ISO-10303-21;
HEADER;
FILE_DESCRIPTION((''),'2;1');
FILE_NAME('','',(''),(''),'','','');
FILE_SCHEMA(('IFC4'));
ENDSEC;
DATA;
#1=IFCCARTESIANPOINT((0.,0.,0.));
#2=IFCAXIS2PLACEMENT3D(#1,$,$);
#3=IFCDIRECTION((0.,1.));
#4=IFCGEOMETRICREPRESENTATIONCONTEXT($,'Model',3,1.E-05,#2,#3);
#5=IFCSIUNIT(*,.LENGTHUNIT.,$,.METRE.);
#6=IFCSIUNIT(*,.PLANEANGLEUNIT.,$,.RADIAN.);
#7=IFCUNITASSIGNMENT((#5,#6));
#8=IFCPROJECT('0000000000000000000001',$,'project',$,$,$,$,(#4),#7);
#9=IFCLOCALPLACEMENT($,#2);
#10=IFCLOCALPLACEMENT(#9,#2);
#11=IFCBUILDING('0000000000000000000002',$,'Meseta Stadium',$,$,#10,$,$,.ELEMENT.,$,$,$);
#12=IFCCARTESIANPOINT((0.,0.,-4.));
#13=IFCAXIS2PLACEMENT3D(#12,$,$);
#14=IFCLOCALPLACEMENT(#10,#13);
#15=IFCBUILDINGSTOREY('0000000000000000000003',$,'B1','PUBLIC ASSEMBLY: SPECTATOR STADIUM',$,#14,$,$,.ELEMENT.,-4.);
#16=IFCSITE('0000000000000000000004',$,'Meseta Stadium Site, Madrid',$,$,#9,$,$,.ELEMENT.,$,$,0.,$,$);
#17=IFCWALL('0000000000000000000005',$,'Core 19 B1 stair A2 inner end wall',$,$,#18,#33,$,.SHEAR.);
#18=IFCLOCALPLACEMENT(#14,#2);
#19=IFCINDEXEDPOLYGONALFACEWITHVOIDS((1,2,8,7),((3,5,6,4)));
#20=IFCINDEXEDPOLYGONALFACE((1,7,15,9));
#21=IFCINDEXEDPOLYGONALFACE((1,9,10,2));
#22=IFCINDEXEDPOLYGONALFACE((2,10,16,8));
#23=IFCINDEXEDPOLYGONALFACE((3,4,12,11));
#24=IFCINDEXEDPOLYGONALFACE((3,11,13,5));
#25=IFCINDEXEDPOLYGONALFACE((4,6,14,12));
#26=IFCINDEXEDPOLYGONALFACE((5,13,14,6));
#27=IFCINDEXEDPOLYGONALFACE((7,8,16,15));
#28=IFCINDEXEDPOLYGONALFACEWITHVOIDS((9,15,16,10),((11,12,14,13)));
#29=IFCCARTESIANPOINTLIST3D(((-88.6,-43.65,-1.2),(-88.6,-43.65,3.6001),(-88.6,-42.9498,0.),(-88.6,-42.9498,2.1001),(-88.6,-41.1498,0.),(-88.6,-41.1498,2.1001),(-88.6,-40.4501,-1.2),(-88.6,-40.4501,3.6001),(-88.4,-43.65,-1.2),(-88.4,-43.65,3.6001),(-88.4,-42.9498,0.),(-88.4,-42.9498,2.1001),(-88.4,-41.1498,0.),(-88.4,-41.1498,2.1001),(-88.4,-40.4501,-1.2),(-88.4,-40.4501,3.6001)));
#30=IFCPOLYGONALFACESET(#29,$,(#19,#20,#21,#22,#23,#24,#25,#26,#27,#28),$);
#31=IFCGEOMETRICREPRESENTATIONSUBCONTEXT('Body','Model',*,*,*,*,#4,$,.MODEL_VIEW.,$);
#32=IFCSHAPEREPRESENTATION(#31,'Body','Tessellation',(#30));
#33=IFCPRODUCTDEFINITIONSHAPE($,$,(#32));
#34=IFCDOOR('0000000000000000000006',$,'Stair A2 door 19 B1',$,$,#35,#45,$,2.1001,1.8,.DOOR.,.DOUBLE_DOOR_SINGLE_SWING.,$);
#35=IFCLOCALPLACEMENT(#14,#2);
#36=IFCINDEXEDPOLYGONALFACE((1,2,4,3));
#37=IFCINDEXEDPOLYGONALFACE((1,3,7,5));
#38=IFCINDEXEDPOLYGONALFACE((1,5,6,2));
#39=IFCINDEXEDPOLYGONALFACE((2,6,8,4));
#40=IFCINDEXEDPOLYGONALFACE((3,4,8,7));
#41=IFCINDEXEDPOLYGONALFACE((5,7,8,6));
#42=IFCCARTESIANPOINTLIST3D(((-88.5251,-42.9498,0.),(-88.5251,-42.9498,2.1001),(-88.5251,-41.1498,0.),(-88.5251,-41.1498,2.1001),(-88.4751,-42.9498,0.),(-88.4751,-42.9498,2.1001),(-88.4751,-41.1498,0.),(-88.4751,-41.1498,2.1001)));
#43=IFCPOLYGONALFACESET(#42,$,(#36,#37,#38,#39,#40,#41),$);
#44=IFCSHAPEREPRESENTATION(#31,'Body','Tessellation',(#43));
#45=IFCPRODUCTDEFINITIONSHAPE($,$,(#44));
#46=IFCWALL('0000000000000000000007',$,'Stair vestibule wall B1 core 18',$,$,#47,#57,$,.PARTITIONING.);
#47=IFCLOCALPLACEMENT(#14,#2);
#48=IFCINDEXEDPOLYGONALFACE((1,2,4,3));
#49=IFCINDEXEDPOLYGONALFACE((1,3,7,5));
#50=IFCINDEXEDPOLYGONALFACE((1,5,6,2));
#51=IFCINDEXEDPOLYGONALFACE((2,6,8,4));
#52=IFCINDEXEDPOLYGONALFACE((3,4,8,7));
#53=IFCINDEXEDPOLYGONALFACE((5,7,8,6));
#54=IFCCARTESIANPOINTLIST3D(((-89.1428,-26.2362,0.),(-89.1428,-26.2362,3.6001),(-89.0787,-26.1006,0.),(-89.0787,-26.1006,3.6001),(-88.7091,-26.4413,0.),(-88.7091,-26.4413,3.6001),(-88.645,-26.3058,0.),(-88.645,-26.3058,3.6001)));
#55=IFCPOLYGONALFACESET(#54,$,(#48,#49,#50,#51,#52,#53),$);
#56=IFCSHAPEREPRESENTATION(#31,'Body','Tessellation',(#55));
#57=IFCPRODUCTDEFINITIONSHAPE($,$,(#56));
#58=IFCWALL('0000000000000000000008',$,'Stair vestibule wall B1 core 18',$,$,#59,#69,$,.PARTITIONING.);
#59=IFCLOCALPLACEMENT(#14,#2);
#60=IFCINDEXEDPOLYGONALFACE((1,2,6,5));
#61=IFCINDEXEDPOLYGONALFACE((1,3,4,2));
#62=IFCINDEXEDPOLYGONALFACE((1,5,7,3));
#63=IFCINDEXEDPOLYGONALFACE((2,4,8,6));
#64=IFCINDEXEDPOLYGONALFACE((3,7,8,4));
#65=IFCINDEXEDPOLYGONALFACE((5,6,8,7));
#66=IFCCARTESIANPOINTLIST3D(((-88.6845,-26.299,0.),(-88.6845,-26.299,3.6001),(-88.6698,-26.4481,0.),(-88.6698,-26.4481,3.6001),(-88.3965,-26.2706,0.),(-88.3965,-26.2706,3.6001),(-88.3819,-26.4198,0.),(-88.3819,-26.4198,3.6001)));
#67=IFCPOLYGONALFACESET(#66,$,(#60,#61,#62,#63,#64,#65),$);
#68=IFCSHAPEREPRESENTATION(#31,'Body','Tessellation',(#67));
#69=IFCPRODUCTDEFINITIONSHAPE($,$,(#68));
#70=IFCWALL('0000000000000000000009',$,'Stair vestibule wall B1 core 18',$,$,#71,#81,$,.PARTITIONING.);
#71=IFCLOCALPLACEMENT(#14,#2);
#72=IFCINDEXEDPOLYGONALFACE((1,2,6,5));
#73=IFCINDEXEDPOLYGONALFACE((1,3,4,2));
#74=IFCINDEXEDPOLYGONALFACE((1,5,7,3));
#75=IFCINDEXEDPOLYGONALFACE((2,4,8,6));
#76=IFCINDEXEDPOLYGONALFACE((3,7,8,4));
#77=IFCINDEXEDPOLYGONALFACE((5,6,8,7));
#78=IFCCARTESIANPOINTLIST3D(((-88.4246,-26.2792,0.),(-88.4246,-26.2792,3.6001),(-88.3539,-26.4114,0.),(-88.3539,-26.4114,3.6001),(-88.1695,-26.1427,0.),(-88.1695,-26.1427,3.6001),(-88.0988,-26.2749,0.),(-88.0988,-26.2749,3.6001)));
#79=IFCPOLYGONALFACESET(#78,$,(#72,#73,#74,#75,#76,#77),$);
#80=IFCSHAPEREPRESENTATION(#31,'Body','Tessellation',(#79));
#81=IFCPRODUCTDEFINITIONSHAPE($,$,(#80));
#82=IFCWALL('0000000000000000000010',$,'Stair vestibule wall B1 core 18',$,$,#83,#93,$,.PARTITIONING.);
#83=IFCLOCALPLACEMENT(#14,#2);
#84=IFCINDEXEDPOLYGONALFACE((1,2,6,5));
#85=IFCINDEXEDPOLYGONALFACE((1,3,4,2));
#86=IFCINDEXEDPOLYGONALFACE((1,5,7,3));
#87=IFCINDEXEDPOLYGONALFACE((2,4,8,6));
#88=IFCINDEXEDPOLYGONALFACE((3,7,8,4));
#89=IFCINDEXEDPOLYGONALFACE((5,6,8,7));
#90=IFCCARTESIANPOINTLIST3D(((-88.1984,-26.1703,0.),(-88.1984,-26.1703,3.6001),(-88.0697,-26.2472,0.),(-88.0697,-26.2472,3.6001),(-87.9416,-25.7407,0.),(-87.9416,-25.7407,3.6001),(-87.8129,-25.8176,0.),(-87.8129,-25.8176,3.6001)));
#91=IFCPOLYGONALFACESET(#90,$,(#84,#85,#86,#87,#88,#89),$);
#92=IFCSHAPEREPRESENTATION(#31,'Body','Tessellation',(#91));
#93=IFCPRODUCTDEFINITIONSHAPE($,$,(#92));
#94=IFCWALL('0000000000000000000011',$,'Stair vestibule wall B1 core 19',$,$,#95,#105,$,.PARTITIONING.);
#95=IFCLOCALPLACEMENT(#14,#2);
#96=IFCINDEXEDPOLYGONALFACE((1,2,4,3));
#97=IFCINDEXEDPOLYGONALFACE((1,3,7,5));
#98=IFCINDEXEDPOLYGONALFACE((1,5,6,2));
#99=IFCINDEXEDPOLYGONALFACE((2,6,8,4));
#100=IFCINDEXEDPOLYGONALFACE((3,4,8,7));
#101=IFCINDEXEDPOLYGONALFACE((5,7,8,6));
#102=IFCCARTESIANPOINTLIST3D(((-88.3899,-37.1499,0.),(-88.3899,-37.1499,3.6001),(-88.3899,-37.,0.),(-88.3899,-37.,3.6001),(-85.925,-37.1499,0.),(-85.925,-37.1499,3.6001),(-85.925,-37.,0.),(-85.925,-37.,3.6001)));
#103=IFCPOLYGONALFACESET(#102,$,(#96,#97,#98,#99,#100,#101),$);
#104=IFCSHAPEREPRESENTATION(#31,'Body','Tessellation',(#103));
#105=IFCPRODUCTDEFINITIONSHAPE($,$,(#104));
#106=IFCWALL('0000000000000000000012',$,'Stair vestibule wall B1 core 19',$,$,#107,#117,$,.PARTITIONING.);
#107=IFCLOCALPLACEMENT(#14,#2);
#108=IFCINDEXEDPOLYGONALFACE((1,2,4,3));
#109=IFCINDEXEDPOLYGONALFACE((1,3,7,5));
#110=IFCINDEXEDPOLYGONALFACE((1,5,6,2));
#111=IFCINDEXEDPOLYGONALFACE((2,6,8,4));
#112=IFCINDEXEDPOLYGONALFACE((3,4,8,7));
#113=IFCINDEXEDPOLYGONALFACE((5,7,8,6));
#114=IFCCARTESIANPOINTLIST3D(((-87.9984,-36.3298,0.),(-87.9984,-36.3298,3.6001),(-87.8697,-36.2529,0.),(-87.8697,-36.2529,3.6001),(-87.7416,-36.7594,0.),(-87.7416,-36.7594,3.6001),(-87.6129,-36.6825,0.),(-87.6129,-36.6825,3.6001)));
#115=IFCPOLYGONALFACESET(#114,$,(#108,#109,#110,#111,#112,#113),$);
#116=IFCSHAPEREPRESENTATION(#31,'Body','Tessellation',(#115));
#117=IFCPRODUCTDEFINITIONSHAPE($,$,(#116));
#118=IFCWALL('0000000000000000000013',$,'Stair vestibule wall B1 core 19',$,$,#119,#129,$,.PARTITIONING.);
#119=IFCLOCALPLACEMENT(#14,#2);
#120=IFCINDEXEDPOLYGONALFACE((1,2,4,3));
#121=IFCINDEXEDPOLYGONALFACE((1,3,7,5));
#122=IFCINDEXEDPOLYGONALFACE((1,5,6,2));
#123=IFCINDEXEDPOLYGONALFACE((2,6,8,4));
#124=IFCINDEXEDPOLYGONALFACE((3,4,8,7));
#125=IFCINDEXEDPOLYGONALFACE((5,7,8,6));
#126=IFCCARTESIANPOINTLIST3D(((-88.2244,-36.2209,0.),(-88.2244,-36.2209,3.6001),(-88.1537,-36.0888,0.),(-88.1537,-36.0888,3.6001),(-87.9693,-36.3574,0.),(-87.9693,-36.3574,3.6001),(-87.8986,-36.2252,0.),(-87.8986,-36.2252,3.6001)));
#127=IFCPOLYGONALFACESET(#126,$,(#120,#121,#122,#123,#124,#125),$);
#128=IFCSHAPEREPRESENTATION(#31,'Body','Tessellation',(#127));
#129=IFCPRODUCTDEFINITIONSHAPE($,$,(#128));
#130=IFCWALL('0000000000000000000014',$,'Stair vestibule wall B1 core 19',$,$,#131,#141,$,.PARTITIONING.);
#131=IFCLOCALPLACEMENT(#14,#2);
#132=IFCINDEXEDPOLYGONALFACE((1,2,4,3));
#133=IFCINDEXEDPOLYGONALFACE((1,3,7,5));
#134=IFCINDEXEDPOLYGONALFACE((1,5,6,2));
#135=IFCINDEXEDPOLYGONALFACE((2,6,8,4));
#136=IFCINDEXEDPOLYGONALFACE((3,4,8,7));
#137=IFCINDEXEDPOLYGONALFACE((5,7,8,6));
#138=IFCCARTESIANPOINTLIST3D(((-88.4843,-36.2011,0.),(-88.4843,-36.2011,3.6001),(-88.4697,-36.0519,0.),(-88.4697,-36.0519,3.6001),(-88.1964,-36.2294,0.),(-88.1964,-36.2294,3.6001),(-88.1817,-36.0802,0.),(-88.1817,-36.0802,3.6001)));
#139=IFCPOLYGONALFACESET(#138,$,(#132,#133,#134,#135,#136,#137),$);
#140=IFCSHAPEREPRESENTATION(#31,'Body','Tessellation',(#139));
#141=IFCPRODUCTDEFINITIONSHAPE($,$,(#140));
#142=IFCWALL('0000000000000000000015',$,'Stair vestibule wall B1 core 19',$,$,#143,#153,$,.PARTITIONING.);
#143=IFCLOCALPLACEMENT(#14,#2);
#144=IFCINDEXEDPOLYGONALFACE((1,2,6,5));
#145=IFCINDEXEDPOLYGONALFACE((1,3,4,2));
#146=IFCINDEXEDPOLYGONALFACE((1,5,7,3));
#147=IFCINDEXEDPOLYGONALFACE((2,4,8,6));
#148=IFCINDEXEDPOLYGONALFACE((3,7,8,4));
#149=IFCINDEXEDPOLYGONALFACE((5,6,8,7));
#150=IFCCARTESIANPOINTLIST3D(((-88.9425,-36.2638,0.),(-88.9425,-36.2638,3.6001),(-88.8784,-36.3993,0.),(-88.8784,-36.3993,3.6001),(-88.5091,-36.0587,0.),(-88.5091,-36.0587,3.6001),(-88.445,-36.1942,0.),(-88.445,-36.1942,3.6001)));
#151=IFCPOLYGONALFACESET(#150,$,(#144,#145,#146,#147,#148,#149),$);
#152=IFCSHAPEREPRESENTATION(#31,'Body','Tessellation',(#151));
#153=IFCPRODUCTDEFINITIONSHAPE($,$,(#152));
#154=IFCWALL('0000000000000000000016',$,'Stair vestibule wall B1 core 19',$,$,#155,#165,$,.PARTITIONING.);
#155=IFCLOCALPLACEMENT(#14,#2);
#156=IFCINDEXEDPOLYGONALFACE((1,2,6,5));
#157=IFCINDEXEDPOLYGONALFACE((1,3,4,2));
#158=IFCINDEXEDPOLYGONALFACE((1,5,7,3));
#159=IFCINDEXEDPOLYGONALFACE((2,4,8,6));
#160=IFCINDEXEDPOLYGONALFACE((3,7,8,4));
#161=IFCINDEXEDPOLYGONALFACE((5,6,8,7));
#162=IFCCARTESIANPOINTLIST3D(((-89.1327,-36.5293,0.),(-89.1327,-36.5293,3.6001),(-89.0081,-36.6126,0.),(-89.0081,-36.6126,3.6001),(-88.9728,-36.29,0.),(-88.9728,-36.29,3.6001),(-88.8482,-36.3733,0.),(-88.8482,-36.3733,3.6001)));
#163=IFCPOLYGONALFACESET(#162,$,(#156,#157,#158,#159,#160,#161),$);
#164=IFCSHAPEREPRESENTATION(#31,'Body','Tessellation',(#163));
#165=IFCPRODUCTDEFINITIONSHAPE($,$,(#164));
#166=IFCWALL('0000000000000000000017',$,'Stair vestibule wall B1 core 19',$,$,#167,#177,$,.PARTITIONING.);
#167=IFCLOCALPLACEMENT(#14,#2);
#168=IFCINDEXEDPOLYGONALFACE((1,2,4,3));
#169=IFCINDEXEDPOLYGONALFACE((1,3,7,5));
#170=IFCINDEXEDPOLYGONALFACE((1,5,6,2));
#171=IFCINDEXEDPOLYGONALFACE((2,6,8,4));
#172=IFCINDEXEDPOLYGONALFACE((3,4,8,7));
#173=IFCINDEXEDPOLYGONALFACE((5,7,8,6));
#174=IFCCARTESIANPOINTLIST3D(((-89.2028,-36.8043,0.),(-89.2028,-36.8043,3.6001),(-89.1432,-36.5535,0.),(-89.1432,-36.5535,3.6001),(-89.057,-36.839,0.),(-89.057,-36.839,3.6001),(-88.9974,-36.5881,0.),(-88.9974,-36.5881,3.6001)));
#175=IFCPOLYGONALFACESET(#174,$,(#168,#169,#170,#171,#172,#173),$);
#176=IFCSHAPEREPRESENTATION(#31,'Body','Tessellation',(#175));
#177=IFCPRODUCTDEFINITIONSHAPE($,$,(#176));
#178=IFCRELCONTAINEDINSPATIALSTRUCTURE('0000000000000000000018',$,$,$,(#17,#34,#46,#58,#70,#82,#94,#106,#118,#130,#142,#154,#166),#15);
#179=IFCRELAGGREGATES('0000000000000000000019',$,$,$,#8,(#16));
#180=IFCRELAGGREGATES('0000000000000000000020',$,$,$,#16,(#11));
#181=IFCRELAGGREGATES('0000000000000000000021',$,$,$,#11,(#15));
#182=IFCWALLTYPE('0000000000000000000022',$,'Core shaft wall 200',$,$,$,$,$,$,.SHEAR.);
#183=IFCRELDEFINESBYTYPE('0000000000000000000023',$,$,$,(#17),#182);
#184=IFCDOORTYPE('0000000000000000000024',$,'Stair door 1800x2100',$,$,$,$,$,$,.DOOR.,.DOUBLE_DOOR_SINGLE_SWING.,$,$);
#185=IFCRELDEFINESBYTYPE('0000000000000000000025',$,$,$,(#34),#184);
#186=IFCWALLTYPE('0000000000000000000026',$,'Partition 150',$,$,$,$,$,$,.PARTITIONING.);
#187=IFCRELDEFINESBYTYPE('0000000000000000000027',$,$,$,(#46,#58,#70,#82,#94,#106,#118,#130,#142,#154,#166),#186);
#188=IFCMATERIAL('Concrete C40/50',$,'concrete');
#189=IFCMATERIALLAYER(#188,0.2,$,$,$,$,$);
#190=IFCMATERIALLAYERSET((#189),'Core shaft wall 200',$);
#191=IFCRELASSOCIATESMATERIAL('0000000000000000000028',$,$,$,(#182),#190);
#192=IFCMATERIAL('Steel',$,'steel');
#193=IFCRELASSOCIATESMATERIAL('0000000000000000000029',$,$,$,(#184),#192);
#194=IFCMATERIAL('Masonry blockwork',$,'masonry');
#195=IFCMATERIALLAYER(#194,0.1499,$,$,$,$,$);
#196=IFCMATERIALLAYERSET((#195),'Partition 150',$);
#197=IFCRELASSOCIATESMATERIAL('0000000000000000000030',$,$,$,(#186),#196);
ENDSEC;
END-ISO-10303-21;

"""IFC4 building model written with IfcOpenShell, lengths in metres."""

from ifc_helpers import new_model, si_unit, direction, frame, frame_2d, origin, place, context, subcontext, project, spatial, rectangle, extrude, material, layer, layer_set, type_object, element, fill, save


model = new_model("IFC4")

# Units and contexts
model_context = context("Model", 3, precision=1e-05, world=origin(), true_north=direction((0.0, 1.0)))
body_context = subcontext(model_context, "Body", "Model", "MODEL_VIEW")
ifc_project = project(units=[si_unit("LENGTHUNIT", "METRE"), si_unit("PLANEANGLEUNIT", "RADIAN")], contexts=[model_context])

# Site, building, storey
site_placement = place(None, origin())
site = spatial("IfcSite", under=ifc_project, at=site_placement, Name="Meseta Stadium Site, Madrid", CompositionType="ELEMENT", RefElevation=0.0)
building_placement = place(site_placement, origin())
building = spatial("IfcBuilding", under=site, at=building_placement, Name="Meseta Stadium", CompositionType="ELEMENT")
storey_placement = place(building_placement, frame((0.0, 0.0, -4.0)))
storey = spatial("IfcBuildingStorey", under=building, at=storey_placement, Name="B1", Description="PUBLIC ASSEMBLY: SPECTATOR STADIUM", CompositionType="ELEMENT", Elevation=-4.0)

# Wall, opening, door
ifc_material_1 = material(Name="Concrete C40/50", Category="concrete")
ifc_layer_1 = layer(ifc_material_1, 0.2)
ifc_layer_set_1 = layer_set([ifc_layer_1], Name="Core shaft wall 200")
wall_type_1 = type_object("IfcWallType", Name="Core shaft wall 200", PredefinedType="SHEAR", material=ifc_layer_set_1)
ifc_material_2 = material(Name="Steel", Category="steel")
door_type = type_object("IfcDoorType", Name="Stair door 1800x2100", OperationType="DOUBLE_DOOR_SINGLE_SWING", PredefinedType="DOOR", material=ifc_material_2)
wall_1_placement = place(storey_placement, frame((-88.5, -40.45, -1.2), z_axis=(0.0, 0.0, 1.0), x_axis=(0.0, -1.0, 0.0)))
wall_1 = element("IfcWall", 1, at=wall_1_placement, inside=storey, type_object=wall_type_1, Name="Core 19 B1 stair A2 inner end wall", PredefinedType="SHEAR", context=body_context, shape_type="SweptSolid", body=[
    extrude(rectangle(XDim=3.2, YDim=0.2, at=frame_2d((1.6001, 0.0))), origin(), (0.0, 0.0, 1.0), 4.8),
])
opening_1_placement = place(wall_1_placement, frame((0.7, 0.0, 1.2)))
opening_1 = element("IfcOpeningElement", 2, at=opening_1_placement, cuts=wall_1, PredefinedType="OPENING", context=body_context, shape_type="SweptSolid", body=[
    extrude(rectangle(XDim=1.8, YDim=2.1001, at=frame_2d((0.8999, 1.05))), frame((0.0, 0.1099, 0.0), z_axis=(0.0, -1.0, 0.0), x_axis=(1.0, 0.0, 0.0)), (0.0, 0.0, 1.0), 0.22),
])
door_1_placement = place(opening_1_placement, origin())
door_1 = element("IfcDoor", 3, at=door_1_placement, inside=storey, type_object=door_type, Name="Stair A2 door 19 B1", OperationType="DOUBLE_DOOR_SINGLE_SWING", OverallHeight=2.1001, OverallWidth=1.8, PredefinedType="DOOR", context=body_context, shape_type="SweptSolid", body=[
    extrude(rectangle(XDim=1.8, YDim=2.1001, at=frame_2d((0.8999, 1.05))), frame((0.0, 0.0249, 0.0), z_axis=(0.0, -1.0, 0.0), x_axis=(1.0, 0.0, 0.0)), (0.0, 0.0, 1.0), 0.05),
])
fill(opening_1, door_1)

# Walls
ifc_material_3 = material(Name="Masonry blockwork", Category="masonry")
ifc_layer_2 = layer(ifc_material_3, 0.1499)
ifc_layer_set_2 = layer_set([ifc_layer_2], Name="Partition 150")
wall_type_2 = type_object("IfcWallType", Name="Partition 150", PredefinedType="PARTITIONING", material=ifc_layer_set_2)
wall_2_placement = place(storey_placement, frame((-89.1106, -26.1685, 0.0), z_axis=(0.0, 0.0, 1.0), x_axis=(0.903986, -0.427561, 0.0)))
element("IfcWall", 4, at=wall_2_placement, inside=storey, type_object=wall_type_2, Name="Stair vestibule wall B1 core 18", PredefinedType="PARTITIONING", context=body_context, shape_type="SweptSolid", body=[
    extrude(rectangle(XDim=0.4797, YDim=0.1499, at=frame_2d((0.2397, 0.0))), origin(), (0.0, 0.0, 1.0), 3.6001),
])
for number, where, z_axis, x_axis, name in (
    (5, (-88.677, -26.3735, 0.0), (0.0, 0.0, 1.0), (0.995195, 0.097916, 0.0), "Stair vestibule wall B1 core 18"),
    (6, (-88.3892, -26.3452, 0.0), (0.0, 0.0, 1.0), (0.881768, 0.471683, 0.0), "Stair vestibule wall B1 core 18"),
):
    element("IfcWall", number, at=place(storey_placement, frame(where, z_axis=z_axis, x_axis=x_axis)), inside=storey, type_object=wall_type_2, Name=name, PredefinedType="PARTITIONING", context=body_context, shape_type="SweptSolid", body=[
        extrude(rectangle(XDim=0.2893, YDim=0.1499, at=frame_2d((0.1445, 0.0))), origin(), (0.0, 0.0, 1.0), 3.6001),
    ])
wall_3_placement = place(storey_placement, frame((-88.134, -26.2087, 0.0), z_axis=(0.0, 0.0, 1.0), x_axis=(0.513061, 0.858352, 0.0)))
element("IfcWall", 7, at=wall_3_placement, inside=storey, type_object=wall_type_2, Name="Stair vestibule wall B1 core 18", PredefinedType="PARTITIONING", context=body_context, shape_type="SweptSolid", body=[
    extrude(rectangle(XDim=0.5005, YDim=0.1499, at=frame_2d((0.2502, 0.0))), origin(), (0.0, 0.0, 1.0), 3.6001),
])
wall_4_placement = place(storey_placement, frame((-85.925, -37.075, 0.0), z_axis=(0.0, 0.0, 1.0), x_axis=(-1.0, 0.0, 0.0)))
element("IfcWall", 8, at=wall_4_placement, inside=storey, type_object=wall_type_2, Name="Stair vestibule wall B1 core 19", PredefinedType="PARTITIONING", context=body_context, shape_type="SweptSolid", body=[
    extrude(rectangle(XDim=2.4648, YDim=0.1499, at=frame_2d((1.2324, 0.0))), origin(), (0.0, 0.0, 1.0), 3.6001),
])
wall_5_placement = place(storey_placement, frame((-87.6772, -36.7209, 0.0), z_axis=(0.0, 0.0, 1.0), x_axis=(-0.513061, 0.858352, 0.0)))
element("IfcWall", 9, at=wall_5_placement, inside=storey, type_object=wall_type_2, Name="Stair vestibule wall B1 core 19", PredefinedType="PARTITIONING", context=body_context, shape_type="SweptSolid", body=[
    extrude(rectangle(XDim=0.5005, YDim=0.1499, at=frame_2d((0.2502, 0.0))), origin(), (0.0, 0.0, 1.0), 3.6001),
])
for number, where, z_axis, x_axis, name in (
    (10, (-87.9341, -36.2913, 0.0), (0.0, 0.0, 1.0), (-0.881768, 0.471683, 0.0), "Stair vestibule wall B1 core 19"),
    (11, (-88.1892, -36.1548, 0.0), (0.0, 0.0, 1.0), (-0.995195, 0.097916, 0.0), "Stair vestibule wall B1 core 19"),
):
    element("IfcWall", number, at=place(storey_placement, frame(where, z_axis=z_axis, x_axis=x_axis)), inside=storey, type_object=wall_type_2, Name=name, PredefinedType="PARTITIONING", context=body_context, shape_type="SweptSolid", body=[
        extrude(rectangle(XDim=0.2893, YDim=0.1499, at=frame_2d((0.1445, 0.0))), origin(), (0.0, 0.0, 1.0), 3.6001),
    ])
wall_6_placement = place(storey_placement, frame((-88.4771, -36.1265, 0.0), z_axis=(0.0, 0.0, 1.0), x_axis=(-0.903893, -0.427758, 0.0)))
element("IfcWall", 12, at=wall_6_placement, inside=storey, type_object=wall_type_2, Name="Stair vestibule wall B1 core 19", PredefinedType="PARTITIONING", context=body_context, shape_type="SweptSolid", body=[
    extrude(rectangle(XDim=0.4795, YDim=0.1499, at=frame_2d((0.2397, 0.0))), origin(), (0.0, 0.0, 1.0), 3.6001),
])
wall_7_placement = place(storey_placement, frame((-88.9104, -36.3315, 0.0), z_axis=(0.0, 0.0, 1.0), x_axis=(-0.555679, -0.831397, 0.0)))
element("IfcWall", 13, at=wall_7_placement, inside=storey, type_object=wall_type_2, Name="Stair vestibule wall B1 core 19", PredefinedType="PARTITIONING", context=body_context, shape_type="SweptSolid", body=[
    extrude(rectangle(XDim=0.2878, YDim=0.1499, at=frame_2d((0.144, 0.0))), origin(), (0.0, 0.0, 1.0), 3.6001),
])
wall_8_placement = place(storey_placement, frame((-89.0703, -36.5708, 0.0), z_axis=(0.0, 0.0, 1.0), x_axis=(-0.231151, -0.972918, 0.0)))
element("IfcWall", 14, at=wall_8_placement, inside=storey, type_object=wall_type_2, Name="Stair vestibule wall B1 core 19", PredefinedType="PARTITIONING", context=body_context, shape_type="SweptSolid", body=[
    extrude(rectangle(XDim=0.2578, YDim=0.1499, at=frame_2d((0.1289, 0.0))), origin(), (0.0, 0.0, 1.0), 3.6001),
])

save(model, "model.ifc")
